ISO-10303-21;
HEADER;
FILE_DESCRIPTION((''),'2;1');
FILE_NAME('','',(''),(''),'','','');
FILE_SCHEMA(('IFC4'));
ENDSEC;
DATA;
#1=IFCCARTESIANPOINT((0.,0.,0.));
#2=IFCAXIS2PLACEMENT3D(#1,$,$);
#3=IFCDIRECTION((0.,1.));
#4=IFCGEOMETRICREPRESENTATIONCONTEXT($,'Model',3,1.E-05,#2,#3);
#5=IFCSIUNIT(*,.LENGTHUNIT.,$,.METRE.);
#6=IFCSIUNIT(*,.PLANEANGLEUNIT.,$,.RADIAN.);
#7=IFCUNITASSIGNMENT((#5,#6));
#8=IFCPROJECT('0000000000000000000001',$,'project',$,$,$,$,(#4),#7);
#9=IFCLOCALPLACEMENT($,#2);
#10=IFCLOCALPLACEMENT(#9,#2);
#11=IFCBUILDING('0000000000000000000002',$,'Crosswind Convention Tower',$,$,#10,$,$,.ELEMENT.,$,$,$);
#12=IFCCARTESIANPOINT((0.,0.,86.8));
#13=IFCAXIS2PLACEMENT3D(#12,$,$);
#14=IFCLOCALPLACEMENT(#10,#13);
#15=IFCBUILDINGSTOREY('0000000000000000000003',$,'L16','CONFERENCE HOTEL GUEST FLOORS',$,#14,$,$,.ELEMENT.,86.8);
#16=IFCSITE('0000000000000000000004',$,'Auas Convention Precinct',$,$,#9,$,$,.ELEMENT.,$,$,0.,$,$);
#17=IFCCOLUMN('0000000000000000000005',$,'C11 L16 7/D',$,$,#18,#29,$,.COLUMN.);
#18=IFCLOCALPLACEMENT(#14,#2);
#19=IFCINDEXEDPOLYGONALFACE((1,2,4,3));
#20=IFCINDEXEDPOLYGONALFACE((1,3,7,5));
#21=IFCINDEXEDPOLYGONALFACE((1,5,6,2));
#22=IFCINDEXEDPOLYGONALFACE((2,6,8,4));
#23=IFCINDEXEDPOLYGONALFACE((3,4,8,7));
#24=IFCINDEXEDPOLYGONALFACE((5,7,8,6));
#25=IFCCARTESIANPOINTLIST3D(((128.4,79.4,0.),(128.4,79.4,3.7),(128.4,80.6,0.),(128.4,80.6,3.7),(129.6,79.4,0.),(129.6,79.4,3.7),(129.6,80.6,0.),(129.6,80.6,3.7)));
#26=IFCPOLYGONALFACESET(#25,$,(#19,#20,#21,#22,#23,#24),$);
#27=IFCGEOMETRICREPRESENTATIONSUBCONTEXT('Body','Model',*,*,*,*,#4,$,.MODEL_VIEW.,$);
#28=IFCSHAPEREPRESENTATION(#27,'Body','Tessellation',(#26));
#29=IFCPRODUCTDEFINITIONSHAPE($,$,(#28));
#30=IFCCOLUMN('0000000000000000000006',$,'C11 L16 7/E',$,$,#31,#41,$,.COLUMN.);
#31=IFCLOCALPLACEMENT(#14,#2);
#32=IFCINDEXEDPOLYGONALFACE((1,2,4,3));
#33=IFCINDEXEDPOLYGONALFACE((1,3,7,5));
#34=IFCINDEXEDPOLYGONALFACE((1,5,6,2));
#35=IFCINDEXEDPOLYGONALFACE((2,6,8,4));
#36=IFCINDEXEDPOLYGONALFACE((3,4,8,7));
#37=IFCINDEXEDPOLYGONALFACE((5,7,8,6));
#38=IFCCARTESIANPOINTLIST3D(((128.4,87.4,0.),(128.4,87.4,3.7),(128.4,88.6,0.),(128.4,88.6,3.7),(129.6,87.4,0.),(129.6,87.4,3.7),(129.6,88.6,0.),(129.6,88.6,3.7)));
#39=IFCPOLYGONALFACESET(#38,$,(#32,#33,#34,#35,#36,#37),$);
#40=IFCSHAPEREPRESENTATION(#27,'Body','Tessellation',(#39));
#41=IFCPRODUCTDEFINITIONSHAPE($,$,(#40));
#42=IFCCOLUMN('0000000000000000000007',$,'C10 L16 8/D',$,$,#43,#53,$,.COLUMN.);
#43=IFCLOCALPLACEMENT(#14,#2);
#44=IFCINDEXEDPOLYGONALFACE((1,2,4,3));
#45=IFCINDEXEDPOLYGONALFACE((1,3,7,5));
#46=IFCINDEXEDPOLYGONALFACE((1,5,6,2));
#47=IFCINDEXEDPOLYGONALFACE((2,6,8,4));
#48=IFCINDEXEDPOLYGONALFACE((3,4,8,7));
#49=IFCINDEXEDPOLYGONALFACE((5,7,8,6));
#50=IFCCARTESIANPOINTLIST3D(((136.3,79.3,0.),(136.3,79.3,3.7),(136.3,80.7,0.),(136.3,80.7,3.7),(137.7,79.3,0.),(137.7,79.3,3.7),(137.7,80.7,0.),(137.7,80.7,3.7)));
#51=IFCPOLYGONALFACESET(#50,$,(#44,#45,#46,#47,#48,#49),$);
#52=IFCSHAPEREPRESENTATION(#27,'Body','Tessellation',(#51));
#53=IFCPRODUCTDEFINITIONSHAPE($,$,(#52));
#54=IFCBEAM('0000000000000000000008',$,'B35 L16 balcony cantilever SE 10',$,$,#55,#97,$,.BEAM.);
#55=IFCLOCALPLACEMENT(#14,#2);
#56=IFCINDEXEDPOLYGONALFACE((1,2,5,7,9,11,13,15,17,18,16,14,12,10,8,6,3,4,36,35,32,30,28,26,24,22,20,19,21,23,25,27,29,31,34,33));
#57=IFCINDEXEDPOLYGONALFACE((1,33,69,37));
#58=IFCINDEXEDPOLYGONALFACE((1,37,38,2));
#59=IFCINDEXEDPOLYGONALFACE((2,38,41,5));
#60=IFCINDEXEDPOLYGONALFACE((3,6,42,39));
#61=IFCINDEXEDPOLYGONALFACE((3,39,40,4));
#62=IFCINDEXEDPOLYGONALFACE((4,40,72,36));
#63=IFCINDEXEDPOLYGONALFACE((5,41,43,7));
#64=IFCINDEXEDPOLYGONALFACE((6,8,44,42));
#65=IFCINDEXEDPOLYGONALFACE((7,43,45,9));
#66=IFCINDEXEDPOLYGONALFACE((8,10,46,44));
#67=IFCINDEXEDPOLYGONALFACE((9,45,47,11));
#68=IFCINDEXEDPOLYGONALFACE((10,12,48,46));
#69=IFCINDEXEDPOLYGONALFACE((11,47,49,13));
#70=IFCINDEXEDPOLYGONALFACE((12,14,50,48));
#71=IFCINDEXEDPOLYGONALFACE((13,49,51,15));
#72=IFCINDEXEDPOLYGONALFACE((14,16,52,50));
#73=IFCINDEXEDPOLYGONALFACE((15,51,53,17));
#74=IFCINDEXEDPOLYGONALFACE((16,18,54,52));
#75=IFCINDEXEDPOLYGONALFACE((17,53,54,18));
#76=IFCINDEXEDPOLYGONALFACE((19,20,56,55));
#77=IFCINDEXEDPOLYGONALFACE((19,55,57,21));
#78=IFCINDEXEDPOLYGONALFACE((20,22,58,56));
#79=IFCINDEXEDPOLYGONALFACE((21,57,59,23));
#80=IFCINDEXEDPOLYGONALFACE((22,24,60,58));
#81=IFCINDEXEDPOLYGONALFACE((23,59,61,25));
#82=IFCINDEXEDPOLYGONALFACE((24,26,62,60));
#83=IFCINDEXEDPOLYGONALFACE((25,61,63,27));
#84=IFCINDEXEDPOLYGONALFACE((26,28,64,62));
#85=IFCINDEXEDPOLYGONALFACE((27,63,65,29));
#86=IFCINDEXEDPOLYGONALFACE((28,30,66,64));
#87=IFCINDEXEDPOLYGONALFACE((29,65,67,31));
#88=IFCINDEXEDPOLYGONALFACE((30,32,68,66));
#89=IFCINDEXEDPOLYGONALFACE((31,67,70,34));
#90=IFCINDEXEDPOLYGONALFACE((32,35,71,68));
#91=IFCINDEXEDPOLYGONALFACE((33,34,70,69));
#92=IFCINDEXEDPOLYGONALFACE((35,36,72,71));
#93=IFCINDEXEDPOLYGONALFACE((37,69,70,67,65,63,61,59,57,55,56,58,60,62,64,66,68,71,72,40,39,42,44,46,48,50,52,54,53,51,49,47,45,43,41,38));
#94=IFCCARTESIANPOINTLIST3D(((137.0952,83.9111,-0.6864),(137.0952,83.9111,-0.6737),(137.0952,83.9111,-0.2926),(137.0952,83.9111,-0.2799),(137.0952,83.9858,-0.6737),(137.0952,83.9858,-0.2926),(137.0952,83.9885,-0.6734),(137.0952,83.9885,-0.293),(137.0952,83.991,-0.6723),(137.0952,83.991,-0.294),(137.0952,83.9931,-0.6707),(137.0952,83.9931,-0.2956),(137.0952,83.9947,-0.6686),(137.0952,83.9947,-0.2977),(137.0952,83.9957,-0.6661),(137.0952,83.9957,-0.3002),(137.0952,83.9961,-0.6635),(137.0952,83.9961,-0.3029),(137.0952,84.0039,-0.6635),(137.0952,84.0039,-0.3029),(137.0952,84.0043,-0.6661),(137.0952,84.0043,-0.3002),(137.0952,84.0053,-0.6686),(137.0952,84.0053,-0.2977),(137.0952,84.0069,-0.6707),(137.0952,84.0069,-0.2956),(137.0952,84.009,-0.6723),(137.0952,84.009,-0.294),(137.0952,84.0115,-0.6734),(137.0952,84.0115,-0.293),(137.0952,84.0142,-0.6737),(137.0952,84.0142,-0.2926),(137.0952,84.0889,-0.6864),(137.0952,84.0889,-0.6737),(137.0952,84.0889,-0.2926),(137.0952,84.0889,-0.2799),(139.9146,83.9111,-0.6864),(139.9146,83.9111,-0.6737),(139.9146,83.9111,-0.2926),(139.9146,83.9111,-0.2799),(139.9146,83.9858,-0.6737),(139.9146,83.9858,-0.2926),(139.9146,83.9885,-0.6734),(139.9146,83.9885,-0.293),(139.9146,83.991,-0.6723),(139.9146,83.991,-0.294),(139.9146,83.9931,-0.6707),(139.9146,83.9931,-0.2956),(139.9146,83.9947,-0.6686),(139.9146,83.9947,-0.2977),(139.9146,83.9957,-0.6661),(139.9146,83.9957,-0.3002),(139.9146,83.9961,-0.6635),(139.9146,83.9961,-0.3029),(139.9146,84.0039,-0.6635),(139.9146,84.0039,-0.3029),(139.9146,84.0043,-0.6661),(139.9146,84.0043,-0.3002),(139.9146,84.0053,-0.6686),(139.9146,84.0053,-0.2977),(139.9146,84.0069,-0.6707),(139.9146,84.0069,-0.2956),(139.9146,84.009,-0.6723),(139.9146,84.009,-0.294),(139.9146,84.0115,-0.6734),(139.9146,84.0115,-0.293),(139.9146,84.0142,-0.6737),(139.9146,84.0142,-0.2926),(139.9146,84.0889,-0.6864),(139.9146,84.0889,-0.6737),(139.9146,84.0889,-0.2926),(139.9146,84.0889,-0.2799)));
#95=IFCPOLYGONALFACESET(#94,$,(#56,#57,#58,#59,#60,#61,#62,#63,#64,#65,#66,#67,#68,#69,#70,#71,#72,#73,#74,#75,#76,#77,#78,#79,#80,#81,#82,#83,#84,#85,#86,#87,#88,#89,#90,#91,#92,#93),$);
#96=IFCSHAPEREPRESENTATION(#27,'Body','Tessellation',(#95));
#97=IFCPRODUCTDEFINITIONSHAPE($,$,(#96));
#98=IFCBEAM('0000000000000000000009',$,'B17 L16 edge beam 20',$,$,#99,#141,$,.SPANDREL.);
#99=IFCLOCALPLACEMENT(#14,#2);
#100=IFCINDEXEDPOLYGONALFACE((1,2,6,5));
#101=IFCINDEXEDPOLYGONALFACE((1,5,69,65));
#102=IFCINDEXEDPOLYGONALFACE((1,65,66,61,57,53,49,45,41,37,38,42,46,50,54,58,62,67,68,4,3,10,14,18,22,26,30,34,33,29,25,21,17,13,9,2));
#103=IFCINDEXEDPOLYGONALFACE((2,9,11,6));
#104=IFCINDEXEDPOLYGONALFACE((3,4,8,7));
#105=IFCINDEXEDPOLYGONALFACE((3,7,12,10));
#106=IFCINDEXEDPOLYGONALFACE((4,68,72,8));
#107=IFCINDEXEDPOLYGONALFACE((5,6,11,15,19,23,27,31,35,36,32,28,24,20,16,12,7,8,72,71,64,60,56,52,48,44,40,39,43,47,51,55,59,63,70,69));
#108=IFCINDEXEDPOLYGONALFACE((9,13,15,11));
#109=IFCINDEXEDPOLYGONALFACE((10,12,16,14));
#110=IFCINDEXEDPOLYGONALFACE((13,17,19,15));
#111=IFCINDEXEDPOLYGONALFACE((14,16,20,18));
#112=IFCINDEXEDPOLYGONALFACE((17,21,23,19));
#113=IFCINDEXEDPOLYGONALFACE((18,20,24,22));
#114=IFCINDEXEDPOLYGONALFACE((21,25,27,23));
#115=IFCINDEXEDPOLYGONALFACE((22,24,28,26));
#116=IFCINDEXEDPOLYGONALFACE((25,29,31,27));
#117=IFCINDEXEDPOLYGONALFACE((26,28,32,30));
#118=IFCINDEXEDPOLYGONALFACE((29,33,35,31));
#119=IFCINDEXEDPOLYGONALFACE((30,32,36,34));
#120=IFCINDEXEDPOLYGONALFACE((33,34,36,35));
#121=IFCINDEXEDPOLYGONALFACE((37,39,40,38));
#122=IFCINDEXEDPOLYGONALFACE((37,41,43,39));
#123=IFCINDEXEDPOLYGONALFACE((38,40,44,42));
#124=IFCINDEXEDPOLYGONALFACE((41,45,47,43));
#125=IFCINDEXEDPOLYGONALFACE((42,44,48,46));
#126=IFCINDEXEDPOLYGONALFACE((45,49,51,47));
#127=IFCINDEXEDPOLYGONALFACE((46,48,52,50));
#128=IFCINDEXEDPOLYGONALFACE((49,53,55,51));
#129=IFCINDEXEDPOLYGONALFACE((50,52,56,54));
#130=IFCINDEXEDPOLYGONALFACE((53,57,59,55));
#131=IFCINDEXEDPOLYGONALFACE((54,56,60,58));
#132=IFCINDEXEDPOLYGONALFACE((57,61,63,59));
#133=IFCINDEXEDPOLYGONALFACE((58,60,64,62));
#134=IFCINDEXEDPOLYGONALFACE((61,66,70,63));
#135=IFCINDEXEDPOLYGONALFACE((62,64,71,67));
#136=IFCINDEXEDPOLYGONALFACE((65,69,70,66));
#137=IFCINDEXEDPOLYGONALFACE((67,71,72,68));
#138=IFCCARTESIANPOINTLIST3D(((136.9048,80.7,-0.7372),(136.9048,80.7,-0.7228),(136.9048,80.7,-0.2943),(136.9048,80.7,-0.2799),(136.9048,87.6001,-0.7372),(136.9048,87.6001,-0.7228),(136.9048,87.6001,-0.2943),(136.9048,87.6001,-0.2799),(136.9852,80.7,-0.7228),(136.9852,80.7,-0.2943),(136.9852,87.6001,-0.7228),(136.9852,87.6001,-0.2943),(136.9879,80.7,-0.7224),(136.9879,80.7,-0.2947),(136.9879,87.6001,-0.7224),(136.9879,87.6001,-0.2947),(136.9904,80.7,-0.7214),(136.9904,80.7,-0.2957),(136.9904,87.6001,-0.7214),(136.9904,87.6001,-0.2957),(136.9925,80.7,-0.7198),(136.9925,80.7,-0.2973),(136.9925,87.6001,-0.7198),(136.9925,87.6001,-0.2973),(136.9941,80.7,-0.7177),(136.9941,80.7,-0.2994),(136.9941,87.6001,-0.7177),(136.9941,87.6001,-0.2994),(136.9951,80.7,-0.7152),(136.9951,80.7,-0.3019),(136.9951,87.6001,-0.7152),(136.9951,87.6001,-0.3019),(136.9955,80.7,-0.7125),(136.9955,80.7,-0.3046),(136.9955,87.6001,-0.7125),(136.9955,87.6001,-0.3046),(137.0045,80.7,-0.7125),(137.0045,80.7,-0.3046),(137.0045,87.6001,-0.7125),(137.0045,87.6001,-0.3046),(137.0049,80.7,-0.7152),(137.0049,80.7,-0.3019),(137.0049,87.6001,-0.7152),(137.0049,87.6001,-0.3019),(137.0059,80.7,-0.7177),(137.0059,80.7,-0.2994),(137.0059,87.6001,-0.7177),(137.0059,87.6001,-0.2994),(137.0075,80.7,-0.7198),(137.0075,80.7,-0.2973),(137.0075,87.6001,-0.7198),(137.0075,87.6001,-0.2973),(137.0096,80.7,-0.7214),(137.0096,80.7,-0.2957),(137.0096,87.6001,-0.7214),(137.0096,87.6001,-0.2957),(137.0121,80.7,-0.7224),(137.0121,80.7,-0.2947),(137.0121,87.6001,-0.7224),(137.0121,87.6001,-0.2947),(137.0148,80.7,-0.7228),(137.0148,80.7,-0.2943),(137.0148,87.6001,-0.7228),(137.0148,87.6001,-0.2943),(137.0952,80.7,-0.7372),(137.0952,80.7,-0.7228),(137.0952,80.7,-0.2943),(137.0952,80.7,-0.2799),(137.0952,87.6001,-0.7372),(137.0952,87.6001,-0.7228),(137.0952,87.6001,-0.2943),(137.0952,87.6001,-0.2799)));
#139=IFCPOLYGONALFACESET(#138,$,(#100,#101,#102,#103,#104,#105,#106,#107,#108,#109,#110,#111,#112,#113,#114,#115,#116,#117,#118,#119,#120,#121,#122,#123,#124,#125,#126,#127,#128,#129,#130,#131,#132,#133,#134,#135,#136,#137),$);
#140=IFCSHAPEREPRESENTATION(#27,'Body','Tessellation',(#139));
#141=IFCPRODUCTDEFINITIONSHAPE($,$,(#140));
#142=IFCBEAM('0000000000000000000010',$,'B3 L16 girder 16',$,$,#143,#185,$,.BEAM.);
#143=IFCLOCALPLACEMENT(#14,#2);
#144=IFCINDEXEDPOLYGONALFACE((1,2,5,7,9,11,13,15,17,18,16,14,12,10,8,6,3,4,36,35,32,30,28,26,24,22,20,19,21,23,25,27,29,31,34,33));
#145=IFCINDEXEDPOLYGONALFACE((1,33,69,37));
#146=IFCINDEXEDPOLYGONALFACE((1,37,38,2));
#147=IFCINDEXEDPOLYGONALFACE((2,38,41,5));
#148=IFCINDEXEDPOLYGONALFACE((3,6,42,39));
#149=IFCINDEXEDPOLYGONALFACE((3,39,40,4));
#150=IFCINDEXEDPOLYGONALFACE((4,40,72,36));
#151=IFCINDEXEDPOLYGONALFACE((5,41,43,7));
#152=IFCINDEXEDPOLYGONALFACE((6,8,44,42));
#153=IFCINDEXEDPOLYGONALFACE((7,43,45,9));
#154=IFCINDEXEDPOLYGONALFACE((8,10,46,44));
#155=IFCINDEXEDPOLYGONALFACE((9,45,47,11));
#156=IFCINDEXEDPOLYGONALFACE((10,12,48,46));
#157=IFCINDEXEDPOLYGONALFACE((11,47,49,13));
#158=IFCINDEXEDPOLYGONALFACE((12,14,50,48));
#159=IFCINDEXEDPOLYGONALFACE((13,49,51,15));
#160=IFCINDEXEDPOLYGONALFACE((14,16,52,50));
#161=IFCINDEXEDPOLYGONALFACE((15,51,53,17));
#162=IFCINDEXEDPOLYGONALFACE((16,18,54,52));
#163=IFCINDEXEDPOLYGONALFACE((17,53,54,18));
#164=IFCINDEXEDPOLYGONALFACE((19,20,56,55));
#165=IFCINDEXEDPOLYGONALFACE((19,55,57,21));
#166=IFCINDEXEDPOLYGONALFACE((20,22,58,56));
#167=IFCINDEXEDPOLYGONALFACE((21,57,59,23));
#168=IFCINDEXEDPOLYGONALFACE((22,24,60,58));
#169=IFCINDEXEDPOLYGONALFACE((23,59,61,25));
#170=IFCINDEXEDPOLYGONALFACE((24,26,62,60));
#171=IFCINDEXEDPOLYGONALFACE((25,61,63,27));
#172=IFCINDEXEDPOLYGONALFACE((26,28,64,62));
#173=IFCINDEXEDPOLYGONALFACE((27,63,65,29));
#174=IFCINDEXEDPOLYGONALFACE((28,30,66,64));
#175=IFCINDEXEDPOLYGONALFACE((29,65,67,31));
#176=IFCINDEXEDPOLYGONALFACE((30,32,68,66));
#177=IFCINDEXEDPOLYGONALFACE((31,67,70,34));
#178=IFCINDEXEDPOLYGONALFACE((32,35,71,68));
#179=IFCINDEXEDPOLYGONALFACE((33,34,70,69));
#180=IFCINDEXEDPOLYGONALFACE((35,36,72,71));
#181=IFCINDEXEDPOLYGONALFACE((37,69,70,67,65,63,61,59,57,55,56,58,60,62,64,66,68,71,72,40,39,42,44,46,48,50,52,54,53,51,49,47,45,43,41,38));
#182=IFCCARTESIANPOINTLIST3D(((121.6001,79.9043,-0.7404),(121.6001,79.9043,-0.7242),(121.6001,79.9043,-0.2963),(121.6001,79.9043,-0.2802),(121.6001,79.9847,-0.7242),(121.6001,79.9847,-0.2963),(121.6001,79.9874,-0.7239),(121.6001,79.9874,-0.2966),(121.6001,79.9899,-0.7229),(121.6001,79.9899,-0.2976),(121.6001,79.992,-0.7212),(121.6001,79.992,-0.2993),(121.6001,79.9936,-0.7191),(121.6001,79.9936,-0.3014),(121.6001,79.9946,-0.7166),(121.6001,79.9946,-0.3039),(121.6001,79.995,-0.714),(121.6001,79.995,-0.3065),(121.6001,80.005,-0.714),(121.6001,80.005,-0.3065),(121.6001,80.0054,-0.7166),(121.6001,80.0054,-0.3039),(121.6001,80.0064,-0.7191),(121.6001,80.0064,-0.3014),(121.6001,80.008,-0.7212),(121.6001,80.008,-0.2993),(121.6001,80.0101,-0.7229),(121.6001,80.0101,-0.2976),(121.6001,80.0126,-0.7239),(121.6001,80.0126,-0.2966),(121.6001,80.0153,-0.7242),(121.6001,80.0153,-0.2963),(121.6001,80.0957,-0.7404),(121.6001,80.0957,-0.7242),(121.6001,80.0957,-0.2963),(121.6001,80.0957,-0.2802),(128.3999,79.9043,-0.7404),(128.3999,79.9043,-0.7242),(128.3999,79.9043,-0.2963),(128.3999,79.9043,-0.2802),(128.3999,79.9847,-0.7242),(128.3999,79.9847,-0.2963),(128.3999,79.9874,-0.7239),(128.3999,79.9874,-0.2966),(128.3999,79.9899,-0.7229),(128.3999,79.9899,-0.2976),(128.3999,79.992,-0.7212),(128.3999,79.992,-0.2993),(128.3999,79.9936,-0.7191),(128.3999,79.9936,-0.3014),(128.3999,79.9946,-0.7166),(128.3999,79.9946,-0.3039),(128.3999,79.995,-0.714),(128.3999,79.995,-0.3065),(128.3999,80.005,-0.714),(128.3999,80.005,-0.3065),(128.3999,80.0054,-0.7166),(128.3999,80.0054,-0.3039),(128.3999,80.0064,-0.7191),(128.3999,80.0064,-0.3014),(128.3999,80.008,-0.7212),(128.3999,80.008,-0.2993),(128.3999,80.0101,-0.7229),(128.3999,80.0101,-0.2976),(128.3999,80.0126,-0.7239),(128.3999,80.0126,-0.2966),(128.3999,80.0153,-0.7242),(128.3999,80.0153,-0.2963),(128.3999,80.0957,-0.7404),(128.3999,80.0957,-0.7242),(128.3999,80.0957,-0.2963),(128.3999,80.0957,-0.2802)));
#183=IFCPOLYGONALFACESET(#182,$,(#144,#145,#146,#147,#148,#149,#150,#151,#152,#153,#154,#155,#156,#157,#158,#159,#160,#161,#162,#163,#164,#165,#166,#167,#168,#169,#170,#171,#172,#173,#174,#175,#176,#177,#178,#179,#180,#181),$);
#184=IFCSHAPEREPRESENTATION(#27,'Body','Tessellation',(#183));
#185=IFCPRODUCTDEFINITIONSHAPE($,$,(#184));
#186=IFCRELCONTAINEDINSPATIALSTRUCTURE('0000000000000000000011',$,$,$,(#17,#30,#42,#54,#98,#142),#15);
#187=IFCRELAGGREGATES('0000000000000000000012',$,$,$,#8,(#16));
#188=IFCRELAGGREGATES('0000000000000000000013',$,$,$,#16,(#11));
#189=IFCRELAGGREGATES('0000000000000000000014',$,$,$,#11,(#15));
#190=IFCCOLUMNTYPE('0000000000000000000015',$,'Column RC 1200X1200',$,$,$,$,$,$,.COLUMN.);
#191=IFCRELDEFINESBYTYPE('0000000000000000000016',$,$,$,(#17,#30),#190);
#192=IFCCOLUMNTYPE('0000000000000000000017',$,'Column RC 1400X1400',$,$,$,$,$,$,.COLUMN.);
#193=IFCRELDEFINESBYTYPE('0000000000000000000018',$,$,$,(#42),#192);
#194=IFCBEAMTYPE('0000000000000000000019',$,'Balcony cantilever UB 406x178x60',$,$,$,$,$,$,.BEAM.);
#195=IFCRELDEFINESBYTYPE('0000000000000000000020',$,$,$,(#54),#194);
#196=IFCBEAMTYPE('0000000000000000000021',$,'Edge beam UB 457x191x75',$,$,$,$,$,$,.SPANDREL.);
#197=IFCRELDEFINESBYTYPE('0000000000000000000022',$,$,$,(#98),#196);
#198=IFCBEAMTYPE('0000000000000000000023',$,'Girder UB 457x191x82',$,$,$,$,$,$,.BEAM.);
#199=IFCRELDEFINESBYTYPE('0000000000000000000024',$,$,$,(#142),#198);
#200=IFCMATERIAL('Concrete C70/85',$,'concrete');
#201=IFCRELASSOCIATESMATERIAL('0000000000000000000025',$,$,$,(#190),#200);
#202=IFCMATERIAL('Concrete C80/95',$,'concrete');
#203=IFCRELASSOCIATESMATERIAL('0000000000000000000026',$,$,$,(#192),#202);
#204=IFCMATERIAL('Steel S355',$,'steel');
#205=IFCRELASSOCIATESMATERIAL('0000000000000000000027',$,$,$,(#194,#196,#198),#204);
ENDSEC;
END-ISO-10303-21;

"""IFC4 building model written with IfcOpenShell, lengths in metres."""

from ifc_helpers import new_model, si_unit, direction, frame, origin, origin_2d, place, context, subcontext, project, spatial, rectangle, i_section, extrude, material, material_profile, profile_set, type_object, element, save


model = new_model("IFC4")

# Units and contexts
model_context = context("Model", 3, precision=1e-05, world=origin(), true_north=direction((0.0, 1.0)))
body_context = subcontext(model_context, "Body", "Model", "MODEL_VIEW")
ifc_project = project(units=[si_unit("LENGTHUNIT", "METRE"), si_unit("PLANEANGLEUNIT", "RADIAN")], contexts=[model_context])

# Site, building, storey
site_placement = place(None, origin())
site = spatial("IfcSite", under=ifc_project, at=site_placement, Name="Auas Convention Precinct", CompositionType="ELEMENT", RefElevation=0.0)
building_placement = place(site_placement, origin())
building = spatial("IfcBuilding", under=site, at=building_placement, Name="Crosswind Convention Tower", CompositionType="ELEMENT")
storey_placement = place(building_placement, frame((0.0, 0.0, 86.8)))
storey = spatial("IfcBuildingStorey", under=building, at=storey_placement, Name="L16", Description="CONFERENCE HOTEL GUEST FLOORS", CompositionType="ELEMENT", Elevation=86.8)

# Columns
ifc_material_1 = material(Name="Concrete C70/85", Category="concrete")
ifc_material_profile_1 = material_profile(ifc_material_1, rectangle(XDim=1.2, YDim=1.2, at=origin_2d()), Name="RC 1200X1200")
ifc_profile_set_1 = profile_set([ifc_material_profile_1], Name="Concrete C70/85")
column_type_1 = type_object("IfcColumnType", Name="Column RC 1200X1200", PredefinedType="COLUMN", material=ifc_profile_set_1)
for number, where, z_axis, x_axis, name in (
    (1, (129.0, 80.0, 0.0), (0.0, 0.0, 1.0), (1.0, 0.0, 0.0), "C11 L16 7/D"),
    (2, (129.0, 88.0, 0.0), (0.0, 0.0, 1.0), (1.0, 0.0, 0.0), "C11 L16 7/E"),
):
    element("IfcColumn", number, at=place(storey_placement, frame(where, z_axis=z_axis, x_axis=x_axis)), inside=storey, type_object=column_type_1, Name=name, PredefinedType="COLUMN", context=body_context, shape_type="SweptSolid", body=[
        extrude(rectangle(XDim=1.2, YDim=1.2, at=origin_2d()), origin(), (0.0, 0.0, 1.0), 3.7),
    ])
ifc_material_2 = material(Name="Concrete C80/95", Category="concrete")
ifc_material_profile_2 = material_profile(ifc_material_2, rectangle(XDim=1.3999, YDim=1.3999, at=origin_2d()), Name="RC 1400X1400")
ifc_profile_set_2 = profile_set([ifc_material_profile_2], Name="Concrete C80/95")
column_type_2 = type_object("IfcColumnType", Name="Column RC 1400X1400", PredefinedType="COLUMN", material=ifc_profile_set_2)
column_placement = place(storey_placement, frame((137.0, 80.0, 0.0), z_axis=(0.0, 0.0, 1.0), x_axis=(1.0, 0.0, 0.0)))
element("IfcColumn", 3, at=column_placement, inside=storey, type_object=column_type_2, Name="C10 L16 8/D", PredefinedType="COLUMN", context=body_context, shape_type="SweptSolid", body=[
    extrude(rectangle(XDim=1.3999, YDim=1.3999, at=origin_2d()), origin(), (0.0, 0.0, 1.0), 3.7),
])

# Beams
ifc_material_3 = material(Name="Steel S355", Category="steel")
ifc_material_profile_3 = material_profile(ifc_material_3, i_section(OverallWidth=0.1777, OverallDepth=0.4065, WebThickness=0.0078, FlangeThickness=0.0127, FilletRadius=0.0103, at=origin_2d()), Name="UB 406x178x60")
ifc_profile_set_3 = profile_set([ifc_material_profile_3], Name="Steel S355")
beam_type_1 = type_object("IfcBeamType", Name="Balcony cantilever UB 406x178x60", PredefinedType="BEAM", material=ifc_profile_set_3)
beam_1_placement = place(storey_placement, frame((137.0952, 84.0, -0.4832), z_axis=(1.0, 0.0, 0.0), x_axis=(0.0, 1.0, 0.0)))
element("IfcBeam", 4, at=beam_1_placement, inside=storey, type_object=beam_type_1, Name="B35 L16 balcony cantilever SE 10", PredefinedType="BEAM", context=body_context, shape_type="SweptSolid", body=[
    extrude(i_section(OverallWidth=0.1777, OverallDepth=0.4065, WebThickness=0.0078, FlangeThickness=0.0127, FilletRadius=0.0103, at=origin_2d()), origin(), (0.0, 0.0, 1.0), 2.8193),
])
ifc_material_profile_4 = material_profile(ifc_material_3, i_section(OverallWidth=0.1904, OverallDepth=0.4573, WebThickness=0.009, FlangeThickness=0.0144, FilletRadius=0.0103, at=origin_2d()), Name="UB 457x191x75")
ifc_profile_set_4 = profile_set([ifc_material_profile_4], Name="Steel S355")
beam_type_2 = type_object("IfcBeamType", Name="Edge beam UB 457x191x75", PredefinedType="SPANDREL", material=ifc_profile_set_4)
beam_2_placement = place(storey_placement, frame((137.0, 80.7, -0.5085), z_axis=(0.0, 1.0, 0.0), x_axis=(-1.0, 0.0, 0.0)))
element("IfcBeam", 5, at=beam_2_placement, inside=storey, type_object=beam_type_2, Name="B17 L16 edge beam 20", PredefinedType="SPANDREL", context=body_context, shape_type="SweptSolid", body=[
    extrude(i_section(OverallWidth=0.1904, OverallDepth=0.4573, WebThickness=0.009, FlangeThickness=0.0144, FilletRadius=0.0103, at=origin_2d()), origin(), (0.0, 0.0, 1.0), 6.9001),
])
ifc_material_profile_5 = material_profile(ifc_material_3, i_section(OverallWidth=0.1914, OverallDepth=0.4602, WebThickness=0.01, FlangeThickness=0.0161, FilletRadius=0.0103, at=origin_2d()), Name="UB 457x191x82")
ifc_profile_set_5 = profile_set([ifc_material_profile_5], Name="Steel S355")
beam_type_3 = type_object("IfcBeamType", Name="Girder UB 457x191x82", PredefinedType="BEAM", material=ifc_profile_set_5)
for number, where, z_axis, x_axis, name in (
    (6, (121.6001, 80.0, -0.5103), (1.0, 0.0, 0.0), (0.0, 1.0, 0.0), "B3 L16 girder 16"),
):
    element("IfcBeam", number, at=place(storey_placement, frame(where, z_axis=z_axis, x_axis=x_axis)), inside=storey, type_object=beam_type_3, Name=name, PredefinedType="BEAM", context=body_context, shape_type="SweptSolid", body=[
        extrude(i_section(OverallWidth=0.1914, OverallDepth=0.4602, WebThickness=0.01, FlangeThickness=0.0161, FilletRadius=0.0103, at=origin_2d()), origin(), (0.0, 0.0, 1.0), 6.7998),
    ])

save(model, "model.ifc")
